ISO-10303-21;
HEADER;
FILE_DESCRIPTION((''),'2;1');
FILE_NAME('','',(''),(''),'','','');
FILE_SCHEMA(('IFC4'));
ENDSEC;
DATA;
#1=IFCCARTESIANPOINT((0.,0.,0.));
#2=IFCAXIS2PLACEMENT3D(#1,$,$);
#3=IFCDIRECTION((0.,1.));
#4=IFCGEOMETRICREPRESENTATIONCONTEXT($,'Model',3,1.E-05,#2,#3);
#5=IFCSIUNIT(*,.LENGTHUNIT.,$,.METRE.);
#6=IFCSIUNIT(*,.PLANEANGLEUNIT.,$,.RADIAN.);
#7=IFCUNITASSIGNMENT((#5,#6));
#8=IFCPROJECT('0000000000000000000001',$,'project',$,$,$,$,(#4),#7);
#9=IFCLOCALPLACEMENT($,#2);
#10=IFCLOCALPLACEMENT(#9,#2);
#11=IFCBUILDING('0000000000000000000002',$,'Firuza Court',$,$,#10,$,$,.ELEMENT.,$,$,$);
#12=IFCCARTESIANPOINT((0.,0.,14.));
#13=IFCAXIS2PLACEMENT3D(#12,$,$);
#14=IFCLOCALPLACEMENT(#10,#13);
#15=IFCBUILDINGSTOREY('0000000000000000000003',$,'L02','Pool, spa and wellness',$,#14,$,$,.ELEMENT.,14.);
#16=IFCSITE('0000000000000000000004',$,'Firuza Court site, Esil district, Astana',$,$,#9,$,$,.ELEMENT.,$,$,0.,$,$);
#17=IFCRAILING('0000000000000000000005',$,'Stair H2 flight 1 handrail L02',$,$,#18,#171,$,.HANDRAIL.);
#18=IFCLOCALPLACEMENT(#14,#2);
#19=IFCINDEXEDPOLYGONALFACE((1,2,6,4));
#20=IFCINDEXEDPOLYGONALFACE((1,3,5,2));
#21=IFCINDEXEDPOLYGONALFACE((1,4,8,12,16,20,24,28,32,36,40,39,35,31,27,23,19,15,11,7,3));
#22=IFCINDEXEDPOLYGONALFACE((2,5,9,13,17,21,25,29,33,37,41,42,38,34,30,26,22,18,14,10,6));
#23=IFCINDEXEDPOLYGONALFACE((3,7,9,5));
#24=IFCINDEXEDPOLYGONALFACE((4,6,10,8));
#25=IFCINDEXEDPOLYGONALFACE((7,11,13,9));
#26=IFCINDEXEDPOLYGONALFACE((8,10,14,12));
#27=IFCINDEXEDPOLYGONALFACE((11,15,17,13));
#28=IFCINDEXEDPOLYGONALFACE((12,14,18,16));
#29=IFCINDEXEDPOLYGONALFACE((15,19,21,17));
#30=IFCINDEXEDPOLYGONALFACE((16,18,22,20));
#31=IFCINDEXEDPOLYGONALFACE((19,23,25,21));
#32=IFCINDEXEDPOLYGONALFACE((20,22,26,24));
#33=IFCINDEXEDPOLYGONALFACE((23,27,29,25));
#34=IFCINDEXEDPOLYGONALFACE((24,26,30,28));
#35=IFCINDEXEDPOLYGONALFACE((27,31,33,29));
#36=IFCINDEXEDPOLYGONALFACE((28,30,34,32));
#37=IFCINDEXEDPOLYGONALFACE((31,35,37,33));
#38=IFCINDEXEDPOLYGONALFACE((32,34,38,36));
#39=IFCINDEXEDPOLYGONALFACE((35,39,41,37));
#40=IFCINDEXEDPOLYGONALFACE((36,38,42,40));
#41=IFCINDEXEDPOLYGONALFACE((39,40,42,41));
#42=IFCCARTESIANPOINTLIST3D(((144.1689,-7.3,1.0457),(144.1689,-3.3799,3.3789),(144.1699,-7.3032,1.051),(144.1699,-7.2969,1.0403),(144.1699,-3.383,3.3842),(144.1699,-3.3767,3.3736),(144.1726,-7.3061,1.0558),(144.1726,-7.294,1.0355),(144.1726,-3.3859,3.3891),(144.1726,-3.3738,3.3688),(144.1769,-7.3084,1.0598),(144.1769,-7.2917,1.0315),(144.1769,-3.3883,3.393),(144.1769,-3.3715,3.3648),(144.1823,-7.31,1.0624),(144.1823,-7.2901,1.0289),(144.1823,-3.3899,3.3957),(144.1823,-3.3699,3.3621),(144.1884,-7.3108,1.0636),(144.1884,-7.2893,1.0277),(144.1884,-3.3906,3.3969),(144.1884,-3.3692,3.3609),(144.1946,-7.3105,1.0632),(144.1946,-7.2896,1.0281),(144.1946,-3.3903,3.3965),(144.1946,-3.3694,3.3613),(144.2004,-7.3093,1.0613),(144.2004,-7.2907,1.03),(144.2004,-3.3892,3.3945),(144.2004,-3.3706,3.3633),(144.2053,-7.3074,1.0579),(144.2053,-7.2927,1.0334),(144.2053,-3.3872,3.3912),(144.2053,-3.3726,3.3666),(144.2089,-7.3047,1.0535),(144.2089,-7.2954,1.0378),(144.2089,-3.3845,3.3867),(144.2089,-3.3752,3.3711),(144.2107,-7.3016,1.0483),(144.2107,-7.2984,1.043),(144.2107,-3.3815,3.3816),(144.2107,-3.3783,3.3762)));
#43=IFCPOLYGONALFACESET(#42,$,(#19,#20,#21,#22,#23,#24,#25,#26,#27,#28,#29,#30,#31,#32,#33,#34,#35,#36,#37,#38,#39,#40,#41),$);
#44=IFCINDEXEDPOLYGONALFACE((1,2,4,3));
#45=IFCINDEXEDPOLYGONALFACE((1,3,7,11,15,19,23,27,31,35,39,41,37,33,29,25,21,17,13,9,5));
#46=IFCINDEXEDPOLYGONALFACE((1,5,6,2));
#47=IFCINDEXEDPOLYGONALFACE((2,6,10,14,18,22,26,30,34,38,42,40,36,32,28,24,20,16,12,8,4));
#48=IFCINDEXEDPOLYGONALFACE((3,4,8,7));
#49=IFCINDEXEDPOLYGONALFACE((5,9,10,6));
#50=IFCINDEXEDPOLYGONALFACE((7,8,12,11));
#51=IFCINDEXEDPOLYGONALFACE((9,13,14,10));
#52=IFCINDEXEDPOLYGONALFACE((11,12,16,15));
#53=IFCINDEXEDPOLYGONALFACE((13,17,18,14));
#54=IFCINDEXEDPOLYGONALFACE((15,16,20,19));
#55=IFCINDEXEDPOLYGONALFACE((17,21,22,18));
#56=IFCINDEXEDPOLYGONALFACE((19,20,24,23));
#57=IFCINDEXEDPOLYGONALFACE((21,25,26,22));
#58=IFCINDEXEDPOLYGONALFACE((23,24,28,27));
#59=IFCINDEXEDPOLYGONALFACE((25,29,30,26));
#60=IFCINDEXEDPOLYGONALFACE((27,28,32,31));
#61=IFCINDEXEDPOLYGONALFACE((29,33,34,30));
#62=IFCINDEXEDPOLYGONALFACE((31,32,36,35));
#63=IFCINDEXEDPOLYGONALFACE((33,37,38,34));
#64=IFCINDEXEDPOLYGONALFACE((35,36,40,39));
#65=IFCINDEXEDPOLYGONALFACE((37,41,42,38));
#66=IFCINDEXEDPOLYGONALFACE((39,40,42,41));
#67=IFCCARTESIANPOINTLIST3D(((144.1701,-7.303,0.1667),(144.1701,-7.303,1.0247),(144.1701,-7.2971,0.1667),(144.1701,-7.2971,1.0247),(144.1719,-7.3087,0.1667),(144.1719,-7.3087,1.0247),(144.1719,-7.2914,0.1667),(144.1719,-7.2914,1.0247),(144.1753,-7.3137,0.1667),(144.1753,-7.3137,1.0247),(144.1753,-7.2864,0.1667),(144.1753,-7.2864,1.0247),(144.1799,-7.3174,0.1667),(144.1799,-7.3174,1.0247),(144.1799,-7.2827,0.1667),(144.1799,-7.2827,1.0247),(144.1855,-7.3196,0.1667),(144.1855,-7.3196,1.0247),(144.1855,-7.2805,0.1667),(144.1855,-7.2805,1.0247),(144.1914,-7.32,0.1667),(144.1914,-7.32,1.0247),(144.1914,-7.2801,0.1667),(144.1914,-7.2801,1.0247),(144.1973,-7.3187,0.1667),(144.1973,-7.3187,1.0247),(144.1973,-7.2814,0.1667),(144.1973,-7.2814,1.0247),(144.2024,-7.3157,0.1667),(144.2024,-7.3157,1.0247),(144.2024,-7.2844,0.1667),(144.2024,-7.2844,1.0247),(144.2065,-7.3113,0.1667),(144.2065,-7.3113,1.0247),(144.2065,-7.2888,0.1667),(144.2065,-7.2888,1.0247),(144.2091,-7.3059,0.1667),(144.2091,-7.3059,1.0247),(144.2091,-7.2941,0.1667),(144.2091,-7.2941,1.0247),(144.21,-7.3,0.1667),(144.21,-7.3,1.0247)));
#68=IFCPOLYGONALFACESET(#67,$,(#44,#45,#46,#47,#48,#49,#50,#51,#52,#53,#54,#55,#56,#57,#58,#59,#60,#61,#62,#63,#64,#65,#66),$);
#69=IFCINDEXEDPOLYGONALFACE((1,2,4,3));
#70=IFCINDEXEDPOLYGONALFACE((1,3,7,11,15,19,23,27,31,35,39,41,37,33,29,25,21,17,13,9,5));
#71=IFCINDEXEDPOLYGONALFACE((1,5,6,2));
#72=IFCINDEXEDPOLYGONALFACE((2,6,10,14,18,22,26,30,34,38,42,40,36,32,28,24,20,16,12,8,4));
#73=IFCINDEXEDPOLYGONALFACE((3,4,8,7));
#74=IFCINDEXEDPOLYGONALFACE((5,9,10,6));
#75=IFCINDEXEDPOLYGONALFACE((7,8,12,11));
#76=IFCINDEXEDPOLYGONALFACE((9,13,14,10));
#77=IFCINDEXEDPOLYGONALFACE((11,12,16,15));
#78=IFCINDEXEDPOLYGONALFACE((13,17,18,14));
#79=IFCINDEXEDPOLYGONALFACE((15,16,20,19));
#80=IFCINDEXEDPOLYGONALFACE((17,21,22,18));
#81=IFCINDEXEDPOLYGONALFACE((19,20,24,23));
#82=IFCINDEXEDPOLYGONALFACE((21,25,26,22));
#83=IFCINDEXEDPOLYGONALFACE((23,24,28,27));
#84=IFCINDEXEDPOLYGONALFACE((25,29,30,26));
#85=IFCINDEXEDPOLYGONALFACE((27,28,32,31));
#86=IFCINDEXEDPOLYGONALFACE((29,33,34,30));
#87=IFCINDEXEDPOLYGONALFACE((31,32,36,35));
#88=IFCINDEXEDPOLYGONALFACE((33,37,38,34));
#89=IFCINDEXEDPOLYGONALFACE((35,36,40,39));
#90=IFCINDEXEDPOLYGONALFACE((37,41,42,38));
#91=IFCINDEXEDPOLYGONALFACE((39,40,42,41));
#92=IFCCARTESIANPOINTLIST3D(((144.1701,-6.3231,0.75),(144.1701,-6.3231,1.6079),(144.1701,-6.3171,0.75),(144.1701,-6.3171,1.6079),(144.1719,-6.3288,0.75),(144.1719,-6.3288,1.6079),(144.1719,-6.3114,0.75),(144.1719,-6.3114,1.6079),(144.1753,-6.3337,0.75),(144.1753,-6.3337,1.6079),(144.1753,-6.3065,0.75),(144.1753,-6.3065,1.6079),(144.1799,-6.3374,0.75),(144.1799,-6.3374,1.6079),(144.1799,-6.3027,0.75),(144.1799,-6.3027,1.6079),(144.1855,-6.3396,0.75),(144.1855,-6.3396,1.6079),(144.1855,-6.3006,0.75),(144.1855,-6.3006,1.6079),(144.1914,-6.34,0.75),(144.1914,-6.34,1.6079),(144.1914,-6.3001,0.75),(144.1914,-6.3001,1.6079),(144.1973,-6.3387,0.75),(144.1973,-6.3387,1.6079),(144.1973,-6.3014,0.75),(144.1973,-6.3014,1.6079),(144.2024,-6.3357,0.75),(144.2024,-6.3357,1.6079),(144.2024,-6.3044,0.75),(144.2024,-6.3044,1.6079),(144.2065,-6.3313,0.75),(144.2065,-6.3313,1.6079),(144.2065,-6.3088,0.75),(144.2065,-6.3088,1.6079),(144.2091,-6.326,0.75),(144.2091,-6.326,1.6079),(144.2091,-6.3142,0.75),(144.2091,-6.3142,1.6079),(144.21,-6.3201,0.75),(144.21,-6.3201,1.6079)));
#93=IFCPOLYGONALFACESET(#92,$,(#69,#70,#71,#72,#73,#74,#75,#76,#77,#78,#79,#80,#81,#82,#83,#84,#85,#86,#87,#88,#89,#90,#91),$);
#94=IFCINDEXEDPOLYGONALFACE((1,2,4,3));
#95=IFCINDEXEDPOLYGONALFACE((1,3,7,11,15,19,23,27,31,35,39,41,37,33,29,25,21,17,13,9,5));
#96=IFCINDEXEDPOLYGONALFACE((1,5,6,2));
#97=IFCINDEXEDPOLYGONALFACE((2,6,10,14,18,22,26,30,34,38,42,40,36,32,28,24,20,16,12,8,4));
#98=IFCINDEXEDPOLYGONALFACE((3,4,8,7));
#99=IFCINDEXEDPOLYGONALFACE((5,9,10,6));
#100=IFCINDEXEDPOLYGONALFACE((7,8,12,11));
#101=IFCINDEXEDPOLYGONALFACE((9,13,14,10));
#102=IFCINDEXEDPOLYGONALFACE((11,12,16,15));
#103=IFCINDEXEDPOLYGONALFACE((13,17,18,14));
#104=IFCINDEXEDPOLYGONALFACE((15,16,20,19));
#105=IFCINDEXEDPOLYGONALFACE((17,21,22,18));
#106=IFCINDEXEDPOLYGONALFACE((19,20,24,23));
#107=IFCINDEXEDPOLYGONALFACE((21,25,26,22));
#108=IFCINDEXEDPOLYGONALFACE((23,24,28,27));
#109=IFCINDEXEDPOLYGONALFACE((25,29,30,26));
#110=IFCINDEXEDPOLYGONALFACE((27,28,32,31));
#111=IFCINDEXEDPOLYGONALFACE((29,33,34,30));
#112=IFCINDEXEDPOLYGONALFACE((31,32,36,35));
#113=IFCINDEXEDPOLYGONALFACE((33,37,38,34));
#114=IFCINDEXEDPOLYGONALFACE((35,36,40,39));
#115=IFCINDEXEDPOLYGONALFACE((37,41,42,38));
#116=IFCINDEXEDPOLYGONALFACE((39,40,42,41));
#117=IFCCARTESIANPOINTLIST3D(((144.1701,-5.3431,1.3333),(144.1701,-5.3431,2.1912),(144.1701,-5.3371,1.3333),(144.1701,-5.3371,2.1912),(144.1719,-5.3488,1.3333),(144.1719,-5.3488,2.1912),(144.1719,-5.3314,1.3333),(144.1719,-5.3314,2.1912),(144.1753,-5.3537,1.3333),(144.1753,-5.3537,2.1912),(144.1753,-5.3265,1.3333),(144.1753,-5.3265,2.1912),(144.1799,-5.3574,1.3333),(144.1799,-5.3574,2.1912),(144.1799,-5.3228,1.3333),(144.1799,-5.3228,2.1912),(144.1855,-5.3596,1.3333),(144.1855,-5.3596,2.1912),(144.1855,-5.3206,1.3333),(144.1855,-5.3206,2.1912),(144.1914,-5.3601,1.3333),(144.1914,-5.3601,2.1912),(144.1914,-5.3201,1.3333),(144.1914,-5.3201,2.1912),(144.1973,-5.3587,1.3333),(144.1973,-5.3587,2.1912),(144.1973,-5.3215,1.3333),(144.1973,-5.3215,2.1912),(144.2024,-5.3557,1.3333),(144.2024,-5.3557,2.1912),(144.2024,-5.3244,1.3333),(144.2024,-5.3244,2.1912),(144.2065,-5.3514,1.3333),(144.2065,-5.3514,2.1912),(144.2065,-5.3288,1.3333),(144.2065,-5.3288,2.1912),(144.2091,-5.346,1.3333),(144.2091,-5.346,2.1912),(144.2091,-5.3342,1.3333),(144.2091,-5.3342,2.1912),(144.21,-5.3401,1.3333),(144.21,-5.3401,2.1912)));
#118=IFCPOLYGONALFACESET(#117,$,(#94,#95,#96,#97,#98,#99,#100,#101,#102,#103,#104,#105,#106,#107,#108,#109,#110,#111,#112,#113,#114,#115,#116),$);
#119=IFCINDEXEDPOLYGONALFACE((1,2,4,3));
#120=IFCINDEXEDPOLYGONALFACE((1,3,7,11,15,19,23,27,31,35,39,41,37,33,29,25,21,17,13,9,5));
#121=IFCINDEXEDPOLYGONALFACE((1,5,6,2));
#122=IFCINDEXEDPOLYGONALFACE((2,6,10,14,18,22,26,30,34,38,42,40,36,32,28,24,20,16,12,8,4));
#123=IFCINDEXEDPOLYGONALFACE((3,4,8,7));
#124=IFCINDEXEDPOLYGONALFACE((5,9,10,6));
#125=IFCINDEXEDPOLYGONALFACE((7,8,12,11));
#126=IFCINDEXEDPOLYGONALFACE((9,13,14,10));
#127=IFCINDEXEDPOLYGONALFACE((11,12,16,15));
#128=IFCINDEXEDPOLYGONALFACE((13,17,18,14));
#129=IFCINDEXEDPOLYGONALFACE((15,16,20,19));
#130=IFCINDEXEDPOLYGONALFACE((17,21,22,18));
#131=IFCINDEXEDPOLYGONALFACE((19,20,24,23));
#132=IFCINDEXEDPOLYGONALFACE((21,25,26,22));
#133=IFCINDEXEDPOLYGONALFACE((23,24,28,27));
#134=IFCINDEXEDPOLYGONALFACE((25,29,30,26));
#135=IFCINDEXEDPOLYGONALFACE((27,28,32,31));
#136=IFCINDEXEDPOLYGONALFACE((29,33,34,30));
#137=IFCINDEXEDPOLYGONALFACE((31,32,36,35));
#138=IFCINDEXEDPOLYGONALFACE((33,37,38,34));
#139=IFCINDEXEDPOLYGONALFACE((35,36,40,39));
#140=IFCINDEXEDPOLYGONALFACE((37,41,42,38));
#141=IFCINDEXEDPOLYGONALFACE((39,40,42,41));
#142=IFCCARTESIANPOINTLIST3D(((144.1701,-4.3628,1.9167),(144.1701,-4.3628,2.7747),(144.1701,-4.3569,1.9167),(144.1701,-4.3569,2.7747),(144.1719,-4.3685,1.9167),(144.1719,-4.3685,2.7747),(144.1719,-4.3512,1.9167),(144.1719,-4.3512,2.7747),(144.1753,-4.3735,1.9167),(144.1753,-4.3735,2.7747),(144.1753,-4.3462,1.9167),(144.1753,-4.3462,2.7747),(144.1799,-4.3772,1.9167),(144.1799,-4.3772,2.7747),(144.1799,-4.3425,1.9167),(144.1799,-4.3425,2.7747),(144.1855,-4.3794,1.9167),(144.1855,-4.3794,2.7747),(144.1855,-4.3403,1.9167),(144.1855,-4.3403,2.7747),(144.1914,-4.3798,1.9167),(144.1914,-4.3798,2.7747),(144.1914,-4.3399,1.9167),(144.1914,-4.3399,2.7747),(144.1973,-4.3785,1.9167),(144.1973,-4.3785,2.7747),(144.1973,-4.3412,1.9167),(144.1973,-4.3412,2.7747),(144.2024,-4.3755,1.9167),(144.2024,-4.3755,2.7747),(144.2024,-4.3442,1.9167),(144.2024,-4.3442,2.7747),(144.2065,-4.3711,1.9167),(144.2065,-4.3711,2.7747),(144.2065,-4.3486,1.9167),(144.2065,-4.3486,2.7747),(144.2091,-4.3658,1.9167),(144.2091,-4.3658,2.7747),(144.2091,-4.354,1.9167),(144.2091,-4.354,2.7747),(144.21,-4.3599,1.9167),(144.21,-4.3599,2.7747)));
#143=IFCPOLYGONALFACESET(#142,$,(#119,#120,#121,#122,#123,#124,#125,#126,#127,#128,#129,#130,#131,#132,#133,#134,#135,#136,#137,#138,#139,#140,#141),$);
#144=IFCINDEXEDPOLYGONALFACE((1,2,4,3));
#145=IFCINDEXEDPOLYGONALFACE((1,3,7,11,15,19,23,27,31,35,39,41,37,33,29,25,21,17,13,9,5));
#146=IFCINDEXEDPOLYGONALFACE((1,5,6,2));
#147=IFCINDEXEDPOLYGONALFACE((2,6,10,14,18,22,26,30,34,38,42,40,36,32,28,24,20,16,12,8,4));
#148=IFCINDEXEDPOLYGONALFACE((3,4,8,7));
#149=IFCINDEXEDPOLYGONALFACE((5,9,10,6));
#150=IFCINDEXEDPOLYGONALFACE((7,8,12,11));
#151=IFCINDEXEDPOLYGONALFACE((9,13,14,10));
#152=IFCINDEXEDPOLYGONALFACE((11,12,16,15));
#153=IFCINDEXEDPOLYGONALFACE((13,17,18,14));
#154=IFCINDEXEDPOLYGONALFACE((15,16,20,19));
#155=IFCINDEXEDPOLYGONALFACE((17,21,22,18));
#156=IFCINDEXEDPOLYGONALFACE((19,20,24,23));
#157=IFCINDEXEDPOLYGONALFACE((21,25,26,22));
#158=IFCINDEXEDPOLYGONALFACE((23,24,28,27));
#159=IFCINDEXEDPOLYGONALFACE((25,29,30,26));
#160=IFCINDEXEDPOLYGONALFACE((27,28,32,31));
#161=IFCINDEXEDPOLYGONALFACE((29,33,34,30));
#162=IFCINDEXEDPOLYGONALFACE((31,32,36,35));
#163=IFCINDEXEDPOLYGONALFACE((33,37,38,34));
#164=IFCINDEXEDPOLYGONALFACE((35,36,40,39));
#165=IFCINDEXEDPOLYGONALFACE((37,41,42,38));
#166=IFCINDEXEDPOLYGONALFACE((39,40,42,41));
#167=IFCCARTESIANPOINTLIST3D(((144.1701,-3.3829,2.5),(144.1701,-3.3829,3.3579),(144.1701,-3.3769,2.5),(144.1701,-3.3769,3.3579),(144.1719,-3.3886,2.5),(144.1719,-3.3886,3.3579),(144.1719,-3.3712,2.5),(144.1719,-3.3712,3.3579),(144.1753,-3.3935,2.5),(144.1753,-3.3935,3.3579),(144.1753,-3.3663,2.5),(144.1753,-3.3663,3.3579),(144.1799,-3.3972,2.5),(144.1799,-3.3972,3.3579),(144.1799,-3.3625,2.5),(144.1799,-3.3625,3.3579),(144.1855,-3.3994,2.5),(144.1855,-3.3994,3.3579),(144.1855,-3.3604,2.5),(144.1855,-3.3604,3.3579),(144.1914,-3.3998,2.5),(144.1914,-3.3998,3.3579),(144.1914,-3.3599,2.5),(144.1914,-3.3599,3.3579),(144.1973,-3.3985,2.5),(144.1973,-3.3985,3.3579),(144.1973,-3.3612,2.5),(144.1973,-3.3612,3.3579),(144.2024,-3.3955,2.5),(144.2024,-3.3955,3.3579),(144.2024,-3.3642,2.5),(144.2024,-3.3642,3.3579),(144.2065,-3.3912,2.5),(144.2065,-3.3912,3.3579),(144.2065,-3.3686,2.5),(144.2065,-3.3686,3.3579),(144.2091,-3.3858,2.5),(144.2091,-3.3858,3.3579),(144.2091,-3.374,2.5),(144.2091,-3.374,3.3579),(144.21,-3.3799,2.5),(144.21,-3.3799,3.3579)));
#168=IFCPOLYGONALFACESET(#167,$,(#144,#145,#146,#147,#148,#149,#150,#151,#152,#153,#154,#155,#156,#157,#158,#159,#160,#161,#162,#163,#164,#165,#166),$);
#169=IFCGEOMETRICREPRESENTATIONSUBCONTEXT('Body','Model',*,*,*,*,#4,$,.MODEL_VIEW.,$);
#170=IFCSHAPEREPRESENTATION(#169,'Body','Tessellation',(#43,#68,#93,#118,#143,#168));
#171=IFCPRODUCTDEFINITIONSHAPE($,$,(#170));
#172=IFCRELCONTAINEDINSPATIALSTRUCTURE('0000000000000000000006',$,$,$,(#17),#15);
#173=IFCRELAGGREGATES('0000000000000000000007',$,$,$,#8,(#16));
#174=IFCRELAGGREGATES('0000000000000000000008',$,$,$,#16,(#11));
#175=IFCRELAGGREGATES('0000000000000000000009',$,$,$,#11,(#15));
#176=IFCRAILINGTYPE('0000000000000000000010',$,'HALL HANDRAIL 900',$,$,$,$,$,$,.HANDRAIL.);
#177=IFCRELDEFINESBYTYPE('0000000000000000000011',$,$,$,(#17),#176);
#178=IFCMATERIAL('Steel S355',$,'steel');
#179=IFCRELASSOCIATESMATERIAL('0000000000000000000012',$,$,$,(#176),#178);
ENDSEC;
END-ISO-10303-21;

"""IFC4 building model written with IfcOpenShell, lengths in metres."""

from ifc_helpers import new_model, si_unit, direction, frame, origin, origin_2d, place, context, subcontext, project, spatial, circle, extrude, material, type_object, element, save


model = new_model("IFC4")

# Units and contexts
model_context = context("Model", 3, precision=1e-05, world=origin(), true_north=direction((0.0, 1.0)))
body_context = subcontext(model_context, "Body", "Model", "MODEL_VIEW")
ifc_project = project(units=[si_unit("LENGTHUNIT", "METRE"), si_unit("PLANEANGLEUNIT", "RADIAN")], contexts=[model_context])

# Site, building, storey
site_placement = place(None, origin())
site = spatial("IfcSite", under=ifc_project, at=site_placement, Name="Firuza Court site, Esil district, Astana", CompositionType="ELEMENT", RefElevation=0.0)
building_placement = place(site_placement, origin())
building = spatial("IfcBuilding", under=site, at=building_placement, Name="Firuza Court", CompositionType="ELEMENT")
storey_placement = place(building_placement, frame((0.0, 0.0, 14.0)))
storey = spatial("IfcBuildingStorey", under=building, at=storey_placement, Name="L02", Description="Pool, spa and wellness", CompositionType="ELEMENT", Elevation=14.0)

# Railing
ifc_material_1 = material(Name="Steel S355", Category="steel")
railing_type_1 = type_object("IfcRailingType", Name="HALL HANDRAIL 900", PredefinedType="HANDRAIL", material=ifc_material_1)
railing_1_placement = place(storey_placement, frame((144.1899, -7.3, 0.1667)))
element("IfcRailing", 1, at=railing_1_placement, inside=storey, type_object=railing_type_1, Name="Stair H2 flight 1 handrail L02", PredefinedType="HANDRAIL", context=body_context, shape_type="SweptSolid", body=[
    extrude(circle(Radius=0.021, at=origin_2d()), frame((0.0, 0.0, 0.8789), z_axis=(0.0, 0.85931, 0.511455), x_axis=(-1.0, 0.0, 0.0)), (0.0, 0.0, 1.0), 4.562),
    extrude(circle(Radius=0.02, at=origin_2d()), origin(), (0.0, 0.0, 1.0), 0.8579),
    extrude(circle(Radius=0.02, at=origin_2d()), frame((0.0, 0.98, 0.5833)), (0.0, 0.0, 1.0), 0.8579),
    extrude(circle(Radius=0.02, at=origin_2d()), frame((0.0, 1.96, 1.1665)), (0.0, 0.0, 1.0), 0.8579),
    extrude(circle(Radius=0.02, at=origin_2d()), frame((0.0, 2.9402, 1.75)), (0.0, 0.0, 1.0), 0.8579),
    extrude(circle(Radius=0.02, at=origin_2d()), frame((0.0, 3.9202, 2.3333)), (0.0, 0.0, 1.0), 0.8579),
])

save(model, "model.ifc")
